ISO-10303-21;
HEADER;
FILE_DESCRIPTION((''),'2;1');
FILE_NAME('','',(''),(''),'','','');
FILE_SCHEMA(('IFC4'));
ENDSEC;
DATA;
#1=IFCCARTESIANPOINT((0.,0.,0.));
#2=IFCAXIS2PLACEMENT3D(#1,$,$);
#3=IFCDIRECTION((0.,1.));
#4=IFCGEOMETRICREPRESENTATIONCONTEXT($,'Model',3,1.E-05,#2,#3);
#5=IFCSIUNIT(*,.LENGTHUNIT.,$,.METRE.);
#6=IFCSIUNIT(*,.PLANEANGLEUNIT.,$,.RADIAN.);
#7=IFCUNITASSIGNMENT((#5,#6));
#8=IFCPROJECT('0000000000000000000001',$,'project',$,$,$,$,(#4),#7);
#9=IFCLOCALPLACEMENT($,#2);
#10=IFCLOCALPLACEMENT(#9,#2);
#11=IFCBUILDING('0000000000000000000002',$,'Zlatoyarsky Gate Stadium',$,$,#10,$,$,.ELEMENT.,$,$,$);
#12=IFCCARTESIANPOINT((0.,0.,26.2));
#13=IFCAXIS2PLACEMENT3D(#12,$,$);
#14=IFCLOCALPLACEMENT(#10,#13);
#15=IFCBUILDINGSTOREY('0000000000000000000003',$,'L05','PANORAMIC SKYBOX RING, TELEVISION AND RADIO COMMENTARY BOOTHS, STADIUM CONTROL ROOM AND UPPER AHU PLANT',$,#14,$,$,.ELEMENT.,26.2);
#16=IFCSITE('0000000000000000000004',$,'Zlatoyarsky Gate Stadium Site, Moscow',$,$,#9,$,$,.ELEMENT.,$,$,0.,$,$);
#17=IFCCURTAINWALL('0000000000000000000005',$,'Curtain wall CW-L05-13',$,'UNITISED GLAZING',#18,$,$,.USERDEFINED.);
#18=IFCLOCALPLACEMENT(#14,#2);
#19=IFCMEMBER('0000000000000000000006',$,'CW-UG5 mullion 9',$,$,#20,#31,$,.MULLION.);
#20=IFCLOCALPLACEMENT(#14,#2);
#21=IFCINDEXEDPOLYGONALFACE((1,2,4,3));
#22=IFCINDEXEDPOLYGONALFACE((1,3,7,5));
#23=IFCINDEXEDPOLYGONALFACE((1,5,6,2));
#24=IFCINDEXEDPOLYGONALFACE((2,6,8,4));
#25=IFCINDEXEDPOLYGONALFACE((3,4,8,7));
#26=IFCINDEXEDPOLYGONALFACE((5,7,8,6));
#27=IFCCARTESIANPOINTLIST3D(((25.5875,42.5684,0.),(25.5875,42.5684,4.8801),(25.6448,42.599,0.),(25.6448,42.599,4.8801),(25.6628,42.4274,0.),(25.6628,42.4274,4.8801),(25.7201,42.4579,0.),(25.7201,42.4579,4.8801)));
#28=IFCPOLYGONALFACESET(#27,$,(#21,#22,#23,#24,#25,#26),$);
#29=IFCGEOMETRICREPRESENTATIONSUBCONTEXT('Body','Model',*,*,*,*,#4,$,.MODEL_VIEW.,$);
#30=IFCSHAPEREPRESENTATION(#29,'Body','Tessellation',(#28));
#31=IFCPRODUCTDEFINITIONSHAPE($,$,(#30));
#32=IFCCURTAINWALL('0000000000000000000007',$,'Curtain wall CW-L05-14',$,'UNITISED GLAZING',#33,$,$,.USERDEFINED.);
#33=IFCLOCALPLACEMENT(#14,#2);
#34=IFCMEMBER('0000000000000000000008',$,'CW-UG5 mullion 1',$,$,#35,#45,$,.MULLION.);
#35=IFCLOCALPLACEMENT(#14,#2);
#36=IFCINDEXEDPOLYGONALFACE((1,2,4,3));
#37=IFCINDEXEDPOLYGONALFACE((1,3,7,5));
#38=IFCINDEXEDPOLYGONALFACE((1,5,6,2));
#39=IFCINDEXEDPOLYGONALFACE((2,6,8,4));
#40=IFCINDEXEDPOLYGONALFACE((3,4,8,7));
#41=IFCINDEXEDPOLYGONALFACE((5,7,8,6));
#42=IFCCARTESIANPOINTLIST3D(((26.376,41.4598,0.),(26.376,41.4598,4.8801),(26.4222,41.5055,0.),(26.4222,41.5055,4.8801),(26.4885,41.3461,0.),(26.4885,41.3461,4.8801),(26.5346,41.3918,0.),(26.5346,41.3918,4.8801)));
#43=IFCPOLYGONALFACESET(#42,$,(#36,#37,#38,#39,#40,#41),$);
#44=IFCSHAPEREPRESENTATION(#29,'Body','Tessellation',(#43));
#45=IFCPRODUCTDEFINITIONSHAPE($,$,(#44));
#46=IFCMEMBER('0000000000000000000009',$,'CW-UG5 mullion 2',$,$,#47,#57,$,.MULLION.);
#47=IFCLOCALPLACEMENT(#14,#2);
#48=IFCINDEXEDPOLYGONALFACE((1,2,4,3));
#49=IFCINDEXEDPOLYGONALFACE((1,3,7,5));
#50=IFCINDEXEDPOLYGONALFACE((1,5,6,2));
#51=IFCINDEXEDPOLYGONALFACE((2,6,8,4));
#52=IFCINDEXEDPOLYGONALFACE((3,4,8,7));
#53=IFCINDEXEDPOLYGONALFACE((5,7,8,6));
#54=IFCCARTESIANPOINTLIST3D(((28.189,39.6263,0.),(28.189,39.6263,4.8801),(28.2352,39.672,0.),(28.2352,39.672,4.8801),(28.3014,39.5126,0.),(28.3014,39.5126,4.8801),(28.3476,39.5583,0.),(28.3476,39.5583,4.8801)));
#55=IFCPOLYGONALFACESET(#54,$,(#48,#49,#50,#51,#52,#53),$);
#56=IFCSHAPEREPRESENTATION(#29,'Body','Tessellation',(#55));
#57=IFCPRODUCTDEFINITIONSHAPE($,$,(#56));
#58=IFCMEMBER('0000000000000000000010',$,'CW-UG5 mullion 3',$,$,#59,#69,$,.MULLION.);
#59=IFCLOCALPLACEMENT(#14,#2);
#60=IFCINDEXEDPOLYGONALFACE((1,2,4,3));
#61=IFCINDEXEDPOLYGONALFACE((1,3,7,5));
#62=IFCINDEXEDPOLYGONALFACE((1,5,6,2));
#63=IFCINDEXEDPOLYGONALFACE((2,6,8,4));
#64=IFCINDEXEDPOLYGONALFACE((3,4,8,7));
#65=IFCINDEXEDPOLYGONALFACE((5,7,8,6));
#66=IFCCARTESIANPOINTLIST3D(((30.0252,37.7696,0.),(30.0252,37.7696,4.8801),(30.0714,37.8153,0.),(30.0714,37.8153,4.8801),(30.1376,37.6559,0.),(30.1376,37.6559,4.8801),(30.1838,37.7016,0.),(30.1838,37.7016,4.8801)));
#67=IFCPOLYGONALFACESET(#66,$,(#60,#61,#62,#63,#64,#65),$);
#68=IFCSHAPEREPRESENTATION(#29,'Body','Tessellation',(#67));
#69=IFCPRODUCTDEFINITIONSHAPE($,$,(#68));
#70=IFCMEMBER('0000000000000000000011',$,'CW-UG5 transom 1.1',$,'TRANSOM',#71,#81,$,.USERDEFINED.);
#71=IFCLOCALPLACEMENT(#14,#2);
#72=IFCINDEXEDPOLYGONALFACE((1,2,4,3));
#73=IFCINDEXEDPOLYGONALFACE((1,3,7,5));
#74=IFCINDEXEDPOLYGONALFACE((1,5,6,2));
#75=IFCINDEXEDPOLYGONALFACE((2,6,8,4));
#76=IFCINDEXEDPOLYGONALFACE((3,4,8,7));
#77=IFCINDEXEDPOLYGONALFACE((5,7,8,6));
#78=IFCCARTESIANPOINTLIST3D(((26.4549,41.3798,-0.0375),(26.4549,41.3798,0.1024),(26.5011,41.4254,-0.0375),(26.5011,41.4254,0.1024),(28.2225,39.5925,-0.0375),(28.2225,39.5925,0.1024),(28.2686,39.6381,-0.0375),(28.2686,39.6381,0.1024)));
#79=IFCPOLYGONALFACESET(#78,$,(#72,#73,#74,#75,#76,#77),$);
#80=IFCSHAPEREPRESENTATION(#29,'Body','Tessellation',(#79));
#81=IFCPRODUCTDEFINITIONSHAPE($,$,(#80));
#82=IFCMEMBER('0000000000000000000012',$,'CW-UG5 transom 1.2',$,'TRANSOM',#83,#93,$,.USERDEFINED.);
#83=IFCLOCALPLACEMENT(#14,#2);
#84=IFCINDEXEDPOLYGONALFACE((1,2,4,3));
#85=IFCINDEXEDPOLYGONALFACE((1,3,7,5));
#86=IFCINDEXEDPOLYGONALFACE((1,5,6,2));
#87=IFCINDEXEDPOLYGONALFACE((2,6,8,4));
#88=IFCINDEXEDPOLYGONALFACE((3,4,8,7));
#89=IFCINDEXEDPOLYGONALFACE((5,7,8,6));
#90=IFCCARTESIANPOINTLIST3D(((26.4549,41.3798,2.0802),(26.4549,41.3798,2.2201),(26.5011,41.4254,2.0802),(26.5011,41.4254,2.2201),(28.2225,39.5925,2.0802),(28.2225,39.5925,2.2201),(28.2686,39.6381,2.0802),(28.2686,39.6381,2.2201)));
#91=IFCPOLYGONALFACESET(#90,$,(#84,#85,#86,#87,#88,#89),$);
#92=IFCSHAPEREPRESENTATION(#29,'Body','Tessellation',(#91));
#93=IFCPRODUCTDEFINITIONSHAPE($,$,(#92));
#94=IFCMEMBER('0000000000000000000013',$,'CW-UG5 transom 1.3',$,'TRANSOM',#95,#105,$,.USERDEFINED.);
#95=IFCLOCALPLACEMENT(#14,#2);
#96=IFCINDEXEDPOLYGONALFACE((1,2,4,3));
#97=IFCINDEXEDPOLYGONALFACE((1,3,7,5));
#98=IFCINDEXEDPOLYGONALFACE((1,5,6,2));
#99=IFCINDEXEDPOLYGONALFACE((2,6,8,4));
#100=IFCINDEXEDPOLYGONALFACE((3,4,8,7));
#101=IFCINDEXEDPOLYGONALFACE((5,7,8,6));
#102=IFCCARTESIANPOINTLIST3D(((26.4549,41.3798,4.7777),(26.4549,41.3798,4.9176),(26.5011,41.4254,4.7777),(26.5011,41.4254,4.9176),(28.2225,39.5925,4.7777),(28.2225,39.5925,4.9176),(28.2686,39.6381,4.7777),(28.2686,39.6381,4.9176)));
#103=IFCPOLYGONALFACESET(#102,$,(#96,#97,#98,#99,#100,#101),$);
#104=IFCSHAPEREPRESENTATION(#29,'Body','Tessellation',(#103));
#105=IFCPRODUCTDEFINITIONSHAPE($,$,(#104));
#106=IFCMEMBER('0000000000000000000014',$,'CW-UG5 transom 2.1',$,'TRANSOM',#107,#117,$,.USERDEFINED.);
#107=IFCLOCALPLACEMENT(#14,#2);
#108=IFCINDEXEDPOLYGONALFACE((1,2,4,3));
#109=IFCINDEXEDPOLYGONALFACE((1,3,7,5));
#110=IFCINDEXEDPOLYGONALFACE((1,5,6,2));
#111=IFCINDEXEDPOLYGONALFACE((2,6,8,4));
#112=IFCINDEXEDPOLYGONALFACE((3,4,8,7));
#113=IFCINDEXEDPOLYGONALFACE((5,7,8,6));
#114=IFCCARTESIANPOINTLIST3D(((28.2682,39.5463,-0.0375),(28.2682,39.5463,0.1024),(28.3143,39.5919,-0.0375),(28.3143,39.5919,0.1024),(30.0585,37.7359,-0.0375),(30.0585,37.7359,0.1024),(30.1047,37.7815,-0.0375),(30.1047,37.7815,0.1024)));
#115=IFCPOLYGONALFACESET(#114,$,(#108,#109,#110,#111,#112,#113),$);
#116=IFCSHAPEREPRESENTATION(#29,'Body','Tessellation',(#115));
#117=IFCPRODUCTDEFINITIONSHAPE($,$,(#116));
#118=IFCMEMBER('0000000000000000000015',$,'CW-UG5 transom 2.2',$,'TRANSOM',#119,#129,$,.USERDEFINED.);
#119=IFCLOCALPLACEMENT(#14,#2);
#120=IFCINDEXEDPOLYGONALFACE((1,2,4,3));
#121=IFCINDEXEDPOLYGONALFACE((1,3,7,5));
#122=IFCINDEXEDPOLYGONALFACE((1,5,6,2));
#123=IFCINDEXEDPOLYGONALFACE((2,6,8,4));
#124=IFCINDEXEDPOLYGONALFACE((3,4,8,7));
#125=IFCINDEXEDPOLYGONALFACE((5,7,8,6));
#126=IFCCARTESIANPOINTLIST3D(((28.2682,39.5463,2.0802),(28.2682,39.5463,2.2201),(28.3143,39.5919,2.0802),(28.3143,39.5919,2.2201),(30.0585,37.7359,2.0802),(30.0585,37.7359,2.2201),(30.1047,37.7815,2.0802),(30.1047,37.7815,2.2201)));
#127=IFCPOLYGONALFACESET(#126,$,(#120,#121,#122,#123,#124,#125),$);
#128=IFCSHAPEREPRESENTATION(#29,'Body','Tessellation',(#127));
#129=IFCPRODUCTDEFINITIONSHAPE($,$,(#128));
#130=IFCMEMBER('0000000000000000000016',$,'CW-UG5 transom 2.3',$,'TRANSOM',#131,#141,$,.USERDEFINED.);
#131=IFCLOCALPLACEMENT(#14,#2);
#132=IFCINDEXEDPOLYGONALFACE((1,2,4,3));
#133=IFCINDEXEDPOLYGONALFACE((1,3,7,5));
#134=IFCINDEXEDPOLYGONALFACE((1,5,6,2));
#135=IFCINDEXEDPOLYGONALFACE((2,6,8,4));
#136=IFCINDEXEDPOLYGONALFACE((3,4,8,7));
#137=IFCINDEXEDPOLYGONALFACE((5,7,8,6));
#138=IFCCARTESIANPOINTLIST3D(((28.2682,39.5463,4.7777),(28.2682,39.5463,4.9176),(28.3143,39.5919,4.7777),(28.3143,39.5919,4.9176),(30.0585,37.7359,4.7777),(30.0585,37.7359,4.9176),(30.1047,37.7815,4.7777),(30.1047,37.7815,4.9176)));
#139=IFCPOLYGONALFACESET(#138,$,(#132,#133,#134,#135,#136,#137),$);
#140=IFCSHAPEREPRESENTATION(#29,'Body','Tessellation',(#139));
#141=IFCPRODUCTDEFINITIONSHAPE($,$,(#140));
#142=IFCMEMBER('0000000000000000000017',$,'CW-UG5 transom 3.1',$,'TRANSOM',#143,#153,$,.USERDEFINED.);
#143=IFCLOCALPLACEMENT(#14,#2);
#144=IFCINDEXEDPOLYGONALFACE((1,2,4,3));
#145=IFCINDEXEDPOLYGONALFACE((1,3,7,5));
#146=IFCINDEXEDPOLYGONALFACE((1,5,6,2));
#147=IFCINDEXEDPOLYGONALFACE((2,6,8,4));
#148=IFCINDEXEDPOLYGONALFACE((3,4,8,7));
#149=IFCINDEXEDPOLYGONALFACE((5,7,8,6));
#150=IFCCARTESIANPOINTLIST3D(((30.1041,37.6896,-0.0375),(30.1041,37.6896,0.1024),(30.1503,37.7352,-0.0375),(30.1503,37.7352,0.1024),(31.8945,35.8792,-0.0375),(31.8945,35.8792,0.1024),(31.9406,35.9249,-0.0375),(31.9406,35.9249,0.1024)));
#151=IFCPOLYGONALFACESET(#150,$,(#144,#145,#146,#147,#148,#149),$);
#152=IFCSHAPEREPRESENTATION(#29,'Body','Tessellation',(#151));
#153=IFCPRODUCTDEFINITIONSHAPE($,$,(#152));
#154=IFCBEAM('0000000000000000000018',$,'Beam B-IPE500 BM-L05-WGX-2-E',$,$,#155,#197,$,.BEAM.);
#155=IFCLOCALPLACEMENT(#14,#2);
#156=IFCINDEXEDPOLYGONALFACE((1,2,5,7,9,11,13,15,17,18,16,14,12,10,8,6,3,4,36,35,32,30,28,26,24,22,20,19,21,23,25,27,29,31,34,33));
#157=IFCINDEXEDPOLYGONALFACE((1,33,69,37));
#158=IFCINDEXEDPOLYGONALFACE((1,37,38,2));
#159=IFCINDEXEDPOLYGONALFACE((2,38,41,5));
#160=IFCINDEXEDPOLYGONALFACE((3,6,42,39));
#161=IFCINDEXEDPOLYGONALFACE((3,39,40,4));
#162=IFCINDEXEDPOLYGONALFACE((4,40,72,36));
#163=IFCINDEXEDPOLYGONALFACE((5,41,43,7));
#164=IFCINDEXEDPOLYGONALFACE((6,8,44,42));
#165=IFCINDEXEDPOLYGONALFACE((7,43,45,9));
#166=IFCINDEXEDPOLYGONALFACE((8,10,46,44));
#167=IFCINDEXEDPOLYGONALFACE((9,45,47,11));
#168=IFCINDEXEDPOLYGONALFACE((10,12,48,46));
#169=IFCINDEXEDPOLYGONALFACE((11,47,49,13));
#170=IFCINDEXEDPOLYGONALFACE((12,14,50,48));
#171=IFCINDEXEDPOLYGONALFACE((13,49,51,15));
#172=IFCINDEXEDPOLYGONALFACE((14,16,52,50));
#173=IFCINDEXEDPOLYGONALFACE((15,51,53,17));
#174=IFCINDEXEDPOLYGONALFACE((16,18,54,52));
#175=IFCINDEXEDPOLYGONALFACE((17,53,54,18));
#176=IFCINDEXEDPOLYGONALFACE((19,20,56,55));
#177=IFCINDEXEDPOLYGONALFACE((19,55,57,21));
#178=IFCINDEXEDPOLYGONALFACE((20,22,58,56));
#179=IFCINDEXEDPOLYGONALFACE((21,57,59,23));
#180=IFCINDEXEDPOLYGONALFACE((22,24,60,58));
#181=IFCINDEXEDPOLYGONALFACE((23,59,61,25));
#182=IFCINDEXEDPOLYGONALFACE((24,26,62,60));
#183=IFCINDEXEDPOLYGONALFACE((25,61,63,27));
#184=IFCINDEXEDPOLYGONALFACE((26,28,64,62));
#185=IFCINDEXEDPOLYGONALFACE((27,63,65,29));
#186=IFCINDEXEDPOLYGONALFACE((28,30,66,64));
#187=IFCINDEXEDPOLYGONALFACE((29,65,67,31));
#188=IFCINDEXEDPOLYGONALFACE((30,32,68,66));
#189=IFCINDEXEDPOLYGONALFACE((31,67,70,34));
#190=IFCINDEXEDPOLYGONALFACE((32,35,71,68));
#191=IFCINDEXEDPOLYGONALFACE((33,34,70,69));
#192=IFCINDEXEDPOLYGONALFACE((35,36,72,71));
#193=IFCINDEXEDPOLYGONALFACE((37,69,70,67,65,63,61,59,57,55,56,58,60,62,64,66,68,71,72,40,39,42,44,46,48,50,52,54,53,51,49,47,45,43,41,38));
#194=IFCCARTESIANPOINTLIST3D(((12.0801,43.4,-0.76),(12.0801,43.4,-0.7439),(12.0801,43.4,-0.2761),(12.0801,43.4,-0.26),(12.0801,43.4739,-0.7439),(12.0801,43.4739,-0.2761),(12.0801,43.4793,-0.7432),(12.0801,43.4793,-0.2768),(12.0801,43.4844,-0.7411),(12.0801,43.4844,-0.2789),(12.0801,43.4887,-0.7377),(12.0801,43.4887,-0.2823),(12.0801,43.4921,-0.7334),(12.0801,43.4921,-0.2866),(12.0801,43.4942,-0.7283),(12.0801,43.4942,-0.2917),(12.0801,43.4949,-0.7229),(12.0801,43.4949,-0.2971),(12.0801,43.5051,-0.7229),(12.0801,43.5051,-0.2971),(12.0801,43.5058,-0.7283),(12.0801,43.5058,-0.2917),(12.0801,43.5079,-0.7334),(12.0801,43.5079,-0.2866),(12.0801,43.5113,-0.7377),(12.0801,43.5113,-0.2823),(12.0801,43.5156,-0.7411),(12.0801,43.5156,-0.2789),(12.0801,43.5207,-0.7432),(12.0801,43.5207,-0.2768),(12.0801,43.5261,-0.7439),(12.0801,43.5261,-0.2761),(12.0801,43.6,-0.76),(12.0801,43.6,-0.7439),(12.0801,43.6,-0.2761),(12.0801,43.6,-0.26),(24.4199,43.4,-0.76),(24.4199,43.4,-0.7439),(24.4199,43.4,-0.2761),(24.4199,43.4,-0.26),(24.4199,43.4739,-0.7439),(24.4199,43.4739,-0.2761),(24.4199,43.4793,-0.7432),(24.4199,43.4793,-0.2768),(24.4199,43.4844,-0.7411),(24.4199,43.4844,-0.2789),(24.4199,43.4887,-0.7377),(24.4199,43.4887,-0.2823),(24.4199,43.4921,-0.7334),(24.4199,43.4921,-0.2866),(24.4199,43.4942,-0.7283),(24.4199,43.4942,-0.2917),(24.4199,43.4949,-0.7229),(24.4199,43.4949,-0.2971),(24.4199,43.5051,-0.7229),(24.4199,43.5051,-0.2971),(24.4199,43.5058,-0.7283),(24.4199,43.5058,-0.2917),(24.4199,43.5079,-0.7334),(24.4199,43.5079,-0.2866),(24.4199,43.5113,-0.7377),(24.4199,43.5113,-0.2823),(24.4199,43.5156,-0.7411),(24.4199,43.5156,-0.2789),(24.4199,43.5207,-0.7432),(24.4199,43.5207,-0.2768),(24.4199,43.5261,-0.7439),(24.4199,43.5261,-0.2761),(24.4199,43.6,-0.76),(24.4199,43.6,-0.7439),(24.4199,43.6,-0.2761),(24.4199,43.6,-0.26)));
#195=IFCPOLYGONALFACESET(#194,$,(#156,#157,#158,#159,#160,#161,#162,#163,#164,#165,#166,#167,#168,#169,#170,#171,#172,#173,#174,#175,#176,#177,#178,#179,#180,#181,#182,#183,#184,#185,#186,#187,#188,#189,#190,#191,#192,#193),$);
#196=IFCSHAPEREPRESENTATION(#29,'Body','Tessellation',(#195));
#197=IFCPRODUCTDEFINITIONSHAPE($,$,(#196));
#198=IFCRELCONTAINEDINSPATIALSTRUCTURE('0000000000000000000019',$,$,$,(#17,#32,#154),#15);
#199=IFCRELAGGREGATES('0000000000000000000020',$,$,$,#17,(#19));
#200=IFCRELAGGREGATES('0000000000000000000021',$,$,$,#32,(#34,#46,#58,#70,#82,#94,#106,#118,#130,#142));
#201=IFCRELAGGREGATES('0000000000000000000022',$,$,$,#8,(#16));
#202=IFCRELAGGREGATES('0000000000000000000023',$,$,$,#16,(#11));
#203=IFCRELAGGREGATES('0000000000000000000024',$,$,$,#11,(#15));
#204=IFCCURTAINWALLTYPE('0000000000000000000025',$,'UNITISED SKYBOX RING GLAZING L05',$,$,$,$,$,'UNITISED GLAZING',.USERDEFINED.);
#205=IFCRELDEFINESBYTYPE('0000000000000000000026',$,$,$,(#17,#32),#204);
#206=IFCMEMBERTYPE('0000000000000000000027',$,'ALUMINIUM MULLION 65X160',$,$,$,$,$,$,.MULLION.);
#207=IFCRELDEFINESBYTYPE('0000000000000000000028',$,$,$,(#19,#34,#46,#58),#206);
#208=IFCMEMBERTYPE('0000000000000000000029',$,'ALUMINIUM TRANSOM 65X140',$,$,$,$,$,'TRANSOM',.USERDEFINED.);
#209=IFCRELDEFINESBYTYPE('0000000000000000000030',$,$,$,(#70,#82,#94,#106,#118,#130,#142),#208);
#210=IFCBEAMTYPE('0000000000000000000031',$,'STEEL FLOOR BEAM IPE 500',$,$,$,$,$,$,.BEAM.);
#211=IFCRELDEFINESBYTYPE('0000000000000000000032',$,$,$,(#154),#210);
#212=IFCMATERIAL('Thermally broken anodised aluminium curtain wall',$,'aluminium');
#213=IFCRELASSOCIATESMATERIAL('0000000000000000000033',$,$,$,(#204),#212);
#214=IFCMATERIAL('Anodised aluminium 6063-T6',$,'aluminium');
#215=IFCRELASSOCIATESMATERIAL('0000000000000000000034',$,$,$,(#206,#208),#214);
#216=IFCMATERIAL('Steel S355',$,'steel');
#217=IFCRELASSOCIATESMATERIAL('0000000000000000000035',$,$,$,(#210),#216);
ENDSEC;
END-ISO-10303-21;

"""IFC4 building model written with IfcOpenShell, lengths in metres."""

from ifc_helpers import new_model, si_unit, direction, frame, origin, origin_2d, place, context, subcontext, project, spatial, rectangle, i_section, extrude, material, material_profile, profile_set, type_object, element, aggregate, save


model = new_model("IFC4")

# Units and contexts
model_context = context("Model", 3, precision=1e-05, world=origin(), true_north=direction((0.0, 1.0)))
body_context = subcontext(model_context, "Body", "Model", "MODEL_VIEW")
ifc_project = project(units=[si_unit("LENGTHUNIT", "METRE"), si_unit("PLANEANGLEUNIT", "RADIAN")], contexts=[model_context])

# Site, building, storey
site_placement = place(None, origin())
site = spatial("IfcSite", under=ifc_project, at=site_placement, Name="Zlatoyarsky Gate Stadium Site, Moscow", CompositionType="ELEMENT", RefElevation=0.0)
building_placement = place(site_placement, origin())
building = spatial("IfcBuilding", under=site, at=building_placement, Name="Zlatoyarsky Gate Stadium", CompositionType="ELEMENT")
storey_placement = place(building_placement, frame((0.0, 0.0, 26.2)))
storey = spatial("IfcBuildingStorey", under=building, at=storey_placement, Name="L05", Description="PANORAMIC SKYBOX RING, TELEVISION AND RADIO COMMENTARY BOOTHS, STADIUM CONTROL ROOM AND UPPER AHU PLANT", CompositionType="ELEMENT", Elevation=26.2)

# Curtain wall, member
ifc_material_1 = material(Name="Thermally broken anodised aluminium curtain wall", Category="aluminium")
curtain_wall_type = type_object("IfcCurtainWallType", Name="UNITISED SKYBOX RING GLAZING L05", ElementType="UNITISED GLAZING", PredefinedType="USERDEFINED", material=ifc_material_1)
curtain_wall_1_placement = place(storey_placement, origin())
curtain_wall_1 = element("IfcCurtainWall", 1, at=curtain_wall_1_placement, inside=storey, type_object=curtain_wall_type, Name="Curtain wall CW-L05-13", ObjectType="UNITISED GLAZING", PredefinedType="USERDEFINED")
ifc_material_2 = material(Name="Anodised aluminium 6063-T6", Category="aluminium")
ifc_material_profile_1 = material_profile(ifc_material_2, rectangle(XDim=0.0649, YDim=0.1599, at=origin_2d()), Name="ALU 65X160")
ifc_profile_set_1 = profile_set([ifc_material_profile_1], Name="Anodised aluminium 6063-T6")
member_type_1 = type_object("IfcMemberType", Name="ALUMINIUM MULLION 65X160", PredefinedType="MULLION", material=ifc_profile_set_1)
member_1_placement = place(storey_placement, frame((25.6538, 42.5132, 0.0), z_axis=(0.0, 0.0, 1.0), x_axis=(0.882167, 0.470937, 0.0)))
member_1 = element("IfcMember", 2, at=member_1_placement, type_object=member_type_1, Name="CW-UG5 mullion 9", PredefinedType="MULLION", context=body_context, shape_type="SweptSolid", body=[
    extrude(rectangle(XDim=0.0649, YDim=0.1599, at=origin_2d()), origin(), (0.0, 0.0, 1.0), 4.8801),
])
aggregate(curtain_wall_1, [member_1])

# Curtain wall, members
curtain_wall_2_placement = place(storey_placement, origin())
curtain_wall_2 = element("IfcCurtainWall", 3, at=curtain_wall_2_placement, inside=storey, type_object=curtain_wall_type, Name="Curtain wall CW-L05-14", ObjectType="UNITISED GLAZING", PredefinedType="USERDEFINED")
member_2_placement = place(storey_placement, frame((26.4553, 41.4258, 0.0), z_axis=(0.0, 0.0, 1.0), x_axis=(0.711036, 0.703156, 0.0)))
member_2 = element("IfcMember", 4, at=member_2_placement, type_object=member_type_1, Name="CW-UG5 mullion 1", PredefinedType="MULLION", context=body_context, shape_type="SweptSolid", body=[
    extrude(rectangle(XDim=0.0649, YDim=0.1599, at=origin_2d()), origin(), (0.0, 0.0, 1.0), 4.8801),
])
member_3_placement = place(storey_placement, frame((28.2683, 39.5923, 0.0), z_axis=(0.0, 0.0, 1.0), x_axis=(0.711036, 0.703156, 0.0)))
member_3 = element("IfcMember", 5, at=member_3_placement, type_object=member_type_1, Name="CW-UG5 mullion 2", PredefinedType="MULLION", context=body_context, shape_type="SweptSolid", body=[
    extrude(rectangle(XDim=0.0649, YDim=0.1599, at=origin_2d()), origin(), (0.0, 0.0, 1.0), 4.8801),
])
member_4_placement = place(storey_placement, frame((30.1045, 37.7356, 0.0), z_axis=(0.0, 0.0, 1.0), x_axis=(0.711036, 0.703156, 0.0)))
member_4 = element("IfcMember", 6, at=member_4_placement, type_object=member_type_1, Name="CW-UG5 mullion 3", PredefinedType="MULLION", context=body_context, shape_type="SweptSolid", body=[
    extrude(rectangle(XDim=0.0649, YDim=0.1599, at=origin_2d()), origin(), (0.0, 0.0, 1.0), 4.8801),
])
ifc_material_profile_2 = material_profile(ifc_material_2, rectangle(XDim=0.0649, YDim=0.1399, at=origin_2d()), Name="ALU 65X140")
ifc_profile_set_2 = profile_set([ifc_material_profile_2], Name="Anodised aluminium 6063-T6")
member_type_2 = type_object("IfcMemberType", Name="ALUMINIUM TRANSOM 65X140", ElementType="TRANSOM", PredefinedType="USERDEFINED", material=ifc_profile_set_2)
member_5_placement = place(storey_placement, frame((26.478, 41.4026, 0.0325), z_axis=(0.703162, -0.711029, 0.0), x_axis=(0.711029, 0.703162, 0.0)))
member_5 = element("IfcMember", 7, at=member_5_placement, type_object=member_type_2, Name="CW-UG5 transom 1.1", ObjectType="TRANSOM", PredefinedType="USERDEFINED", context=body_context, shape_type="SweptSolid", body=[
    extrude(rectangle(XDim=0.0649, YDim=0.1399, at=origin_2d()), origin(), (0.0, 0.0, 1.0), 2.5137),
])
member_6_placement = place(storey_placement, frame((26.478, 41.4026, 2.1501), z_axis=(0.703162, -0.711029, 0.0), x_axis=(0.711029, 0.703162, 0.0)))
member_6 = element("IfcMember", 8, at=member_6_placement, type_object=member_type_2, Name="CW-UG5 transom 1.2", ObjectType="TRANSOM", PredefinedType="USERDEFINED", context=body_context, shape_type="SweptSolid", body=[
    extrude(rectangle(XDim=0.0649, YDim=0.1399, at=origin_2d()), origin(), (0.0, 0.0, 1.0), 2.5137),
])
member_7_placement = place(storey_placement, frame((26.478, 41.4026, 4.8477), z_axis=(0.703162, -0.711029, 0.0), x_axis=(0.711029, 0.703162, 0.0)))
member_7 = element("IfcMember", 9, at=member_7_placement, type_object=member_type_2, Name="CW-UG5 transom 1.3", ObjectType="TRANSOM", PredefinedType="USERDEFINED", context=body_context, shape_type="SweptSolid", body=[
    extrude(rectangle(XDim=0.0649, YDim=0.1399, at=origin_2d()), origin(), (0.0, 0.0, 1.0), 2.5137),
])
member_8_placement = place(storey_placement, frame((28.2913, 39.5691, 0.0325), z_axis=(0.703164, -0.711027, 0.0), x_axis=(0.711027, 0.703164, 0.0)))
member_8 = element("IfcMember", 10, at=member_8_placement, type_object=member_type_2, Name="CW-UG5 transom 2.1", ObjectType="TRANSOM", PredefinedType="USERDEFINED", context=body_context, shape_type="SweptSolid", body=[
    extrude(rectangle(XDim=0.0649, YDim=0.1399, at=origin_2d()), origin(), (0.0, 0.0, 1.0), 2.5461),
])
member_9_placement = place(storey_placement, frame((28.2913, 39.5691, 2.1501), z_axis=(0.703164, -0.711027, 0.0), x_axis=(0.711027, 0.703164, 0.0)))
member_9 = element("IfcMember", 11, at=member_9_placement, type_object=member_type_2, Name="CW-UG5 transom 2.2", ObjectType="TRANSOM", PredefinedType="USERDEFINED", context=body_context, shape_type="SweptSolid", body=[
    extrude(rectangle(XDim=0.0649, YDim=0.1399, at=origin_2d()), origin(), (0.0, 0.0, 1.0), 2.5461),
])
member_10_placement = place(storey_placement, frame((28.2913, 39.5691, 4.8477), z_axis=(0.703164, -0.711027, 0.0), x_axis=(0.711027, 0.703164, 0.0)))
member_10 = element("IfcMember", 12, at=member_10_placement, type_object=member_type_2, Name="CW-UG5 transom 2.3", ObjectType="TRANSOM", PredefinedType="USERDEFINED", context=body_context, shape_type="SweptSolid", body=[
    extrude(rectangle(XDim=0.0649, YDim=0.1399, at=origin_2d()), origin(), (0.0, 0.0, 1.0), 2.5461),
])
member_11_placement = place(storey_placement, frame((30.1272, 37.7124, 0.0325), z_axis=(0.703164, -0.711027, 0.0), x_axis=(0.711027, 0.703164, 0.0)))
member_11 = element("IfcMember", 13, at=member_11_placement, type_object=member_type_2, Name="CW-UG5 transom 3.1", ObjectType="TRANSOM", PredefinedType="USERDEFINED", context=body_context, shape_type="SweptSolid", body=[
    extrude(rectangle(XDim=0.0649, YDim=0.1399, at=origin_2d()), origin(), (0.0, 0.0, 1.0), 2.5461),
])

# Beam
ifc_material_3 = material(Name="Steel S355", Category="steel")
ifc_material_profile_3 = material_profile(ifc_material_3, i_section(OverallWidth=0.2, OverallDepth=0.5, WebThickness=0.0103, FlangeThickness=0.0161, FilletRadius=0.021, at=origin_2d()), Name="IPE 500")
ifc_profile_set_3 = profile_set([ifc_material_profile_3], Name="Steel S355")
beam_type_1 = type_object("IfcBeamType", Name="STEEL FLOOR BEAM IPE 500", PredefinedType="BEAM", material=ifc_profile_set_3)
beam_1_placement = place(storey_placement, frame((12.0801, 43.5, -0.51), z_axis=(1.0, 0.0, 0.0), x_axis=(0.0, 1.0, 0.0)))
element("IfcBeam", 14, at=beam_1_placement, inside=storey, type_object=beam_type_1, Name="Beam B-IPE500 BM-L05-WGX-2-E", PredefinedType="BEAM", context=body_context, shape_type="SweptSolid", body=[
    extrude(i_section(OverallWidth=0.2, OverallDepth=0.5, WebThickness=0.0103, FlangeThickness=0.0161, FilletRadius=0.021, at=origin_2d()), origin(), (0.0, 0.0, 1.0), 12.3398),
])

aggregate(curtain_wall_2, [member_2, member_3, member_4, member_5, member_6, member_7, member_8, member_9, member_10, member_11])

save(model, "model.ifc")
